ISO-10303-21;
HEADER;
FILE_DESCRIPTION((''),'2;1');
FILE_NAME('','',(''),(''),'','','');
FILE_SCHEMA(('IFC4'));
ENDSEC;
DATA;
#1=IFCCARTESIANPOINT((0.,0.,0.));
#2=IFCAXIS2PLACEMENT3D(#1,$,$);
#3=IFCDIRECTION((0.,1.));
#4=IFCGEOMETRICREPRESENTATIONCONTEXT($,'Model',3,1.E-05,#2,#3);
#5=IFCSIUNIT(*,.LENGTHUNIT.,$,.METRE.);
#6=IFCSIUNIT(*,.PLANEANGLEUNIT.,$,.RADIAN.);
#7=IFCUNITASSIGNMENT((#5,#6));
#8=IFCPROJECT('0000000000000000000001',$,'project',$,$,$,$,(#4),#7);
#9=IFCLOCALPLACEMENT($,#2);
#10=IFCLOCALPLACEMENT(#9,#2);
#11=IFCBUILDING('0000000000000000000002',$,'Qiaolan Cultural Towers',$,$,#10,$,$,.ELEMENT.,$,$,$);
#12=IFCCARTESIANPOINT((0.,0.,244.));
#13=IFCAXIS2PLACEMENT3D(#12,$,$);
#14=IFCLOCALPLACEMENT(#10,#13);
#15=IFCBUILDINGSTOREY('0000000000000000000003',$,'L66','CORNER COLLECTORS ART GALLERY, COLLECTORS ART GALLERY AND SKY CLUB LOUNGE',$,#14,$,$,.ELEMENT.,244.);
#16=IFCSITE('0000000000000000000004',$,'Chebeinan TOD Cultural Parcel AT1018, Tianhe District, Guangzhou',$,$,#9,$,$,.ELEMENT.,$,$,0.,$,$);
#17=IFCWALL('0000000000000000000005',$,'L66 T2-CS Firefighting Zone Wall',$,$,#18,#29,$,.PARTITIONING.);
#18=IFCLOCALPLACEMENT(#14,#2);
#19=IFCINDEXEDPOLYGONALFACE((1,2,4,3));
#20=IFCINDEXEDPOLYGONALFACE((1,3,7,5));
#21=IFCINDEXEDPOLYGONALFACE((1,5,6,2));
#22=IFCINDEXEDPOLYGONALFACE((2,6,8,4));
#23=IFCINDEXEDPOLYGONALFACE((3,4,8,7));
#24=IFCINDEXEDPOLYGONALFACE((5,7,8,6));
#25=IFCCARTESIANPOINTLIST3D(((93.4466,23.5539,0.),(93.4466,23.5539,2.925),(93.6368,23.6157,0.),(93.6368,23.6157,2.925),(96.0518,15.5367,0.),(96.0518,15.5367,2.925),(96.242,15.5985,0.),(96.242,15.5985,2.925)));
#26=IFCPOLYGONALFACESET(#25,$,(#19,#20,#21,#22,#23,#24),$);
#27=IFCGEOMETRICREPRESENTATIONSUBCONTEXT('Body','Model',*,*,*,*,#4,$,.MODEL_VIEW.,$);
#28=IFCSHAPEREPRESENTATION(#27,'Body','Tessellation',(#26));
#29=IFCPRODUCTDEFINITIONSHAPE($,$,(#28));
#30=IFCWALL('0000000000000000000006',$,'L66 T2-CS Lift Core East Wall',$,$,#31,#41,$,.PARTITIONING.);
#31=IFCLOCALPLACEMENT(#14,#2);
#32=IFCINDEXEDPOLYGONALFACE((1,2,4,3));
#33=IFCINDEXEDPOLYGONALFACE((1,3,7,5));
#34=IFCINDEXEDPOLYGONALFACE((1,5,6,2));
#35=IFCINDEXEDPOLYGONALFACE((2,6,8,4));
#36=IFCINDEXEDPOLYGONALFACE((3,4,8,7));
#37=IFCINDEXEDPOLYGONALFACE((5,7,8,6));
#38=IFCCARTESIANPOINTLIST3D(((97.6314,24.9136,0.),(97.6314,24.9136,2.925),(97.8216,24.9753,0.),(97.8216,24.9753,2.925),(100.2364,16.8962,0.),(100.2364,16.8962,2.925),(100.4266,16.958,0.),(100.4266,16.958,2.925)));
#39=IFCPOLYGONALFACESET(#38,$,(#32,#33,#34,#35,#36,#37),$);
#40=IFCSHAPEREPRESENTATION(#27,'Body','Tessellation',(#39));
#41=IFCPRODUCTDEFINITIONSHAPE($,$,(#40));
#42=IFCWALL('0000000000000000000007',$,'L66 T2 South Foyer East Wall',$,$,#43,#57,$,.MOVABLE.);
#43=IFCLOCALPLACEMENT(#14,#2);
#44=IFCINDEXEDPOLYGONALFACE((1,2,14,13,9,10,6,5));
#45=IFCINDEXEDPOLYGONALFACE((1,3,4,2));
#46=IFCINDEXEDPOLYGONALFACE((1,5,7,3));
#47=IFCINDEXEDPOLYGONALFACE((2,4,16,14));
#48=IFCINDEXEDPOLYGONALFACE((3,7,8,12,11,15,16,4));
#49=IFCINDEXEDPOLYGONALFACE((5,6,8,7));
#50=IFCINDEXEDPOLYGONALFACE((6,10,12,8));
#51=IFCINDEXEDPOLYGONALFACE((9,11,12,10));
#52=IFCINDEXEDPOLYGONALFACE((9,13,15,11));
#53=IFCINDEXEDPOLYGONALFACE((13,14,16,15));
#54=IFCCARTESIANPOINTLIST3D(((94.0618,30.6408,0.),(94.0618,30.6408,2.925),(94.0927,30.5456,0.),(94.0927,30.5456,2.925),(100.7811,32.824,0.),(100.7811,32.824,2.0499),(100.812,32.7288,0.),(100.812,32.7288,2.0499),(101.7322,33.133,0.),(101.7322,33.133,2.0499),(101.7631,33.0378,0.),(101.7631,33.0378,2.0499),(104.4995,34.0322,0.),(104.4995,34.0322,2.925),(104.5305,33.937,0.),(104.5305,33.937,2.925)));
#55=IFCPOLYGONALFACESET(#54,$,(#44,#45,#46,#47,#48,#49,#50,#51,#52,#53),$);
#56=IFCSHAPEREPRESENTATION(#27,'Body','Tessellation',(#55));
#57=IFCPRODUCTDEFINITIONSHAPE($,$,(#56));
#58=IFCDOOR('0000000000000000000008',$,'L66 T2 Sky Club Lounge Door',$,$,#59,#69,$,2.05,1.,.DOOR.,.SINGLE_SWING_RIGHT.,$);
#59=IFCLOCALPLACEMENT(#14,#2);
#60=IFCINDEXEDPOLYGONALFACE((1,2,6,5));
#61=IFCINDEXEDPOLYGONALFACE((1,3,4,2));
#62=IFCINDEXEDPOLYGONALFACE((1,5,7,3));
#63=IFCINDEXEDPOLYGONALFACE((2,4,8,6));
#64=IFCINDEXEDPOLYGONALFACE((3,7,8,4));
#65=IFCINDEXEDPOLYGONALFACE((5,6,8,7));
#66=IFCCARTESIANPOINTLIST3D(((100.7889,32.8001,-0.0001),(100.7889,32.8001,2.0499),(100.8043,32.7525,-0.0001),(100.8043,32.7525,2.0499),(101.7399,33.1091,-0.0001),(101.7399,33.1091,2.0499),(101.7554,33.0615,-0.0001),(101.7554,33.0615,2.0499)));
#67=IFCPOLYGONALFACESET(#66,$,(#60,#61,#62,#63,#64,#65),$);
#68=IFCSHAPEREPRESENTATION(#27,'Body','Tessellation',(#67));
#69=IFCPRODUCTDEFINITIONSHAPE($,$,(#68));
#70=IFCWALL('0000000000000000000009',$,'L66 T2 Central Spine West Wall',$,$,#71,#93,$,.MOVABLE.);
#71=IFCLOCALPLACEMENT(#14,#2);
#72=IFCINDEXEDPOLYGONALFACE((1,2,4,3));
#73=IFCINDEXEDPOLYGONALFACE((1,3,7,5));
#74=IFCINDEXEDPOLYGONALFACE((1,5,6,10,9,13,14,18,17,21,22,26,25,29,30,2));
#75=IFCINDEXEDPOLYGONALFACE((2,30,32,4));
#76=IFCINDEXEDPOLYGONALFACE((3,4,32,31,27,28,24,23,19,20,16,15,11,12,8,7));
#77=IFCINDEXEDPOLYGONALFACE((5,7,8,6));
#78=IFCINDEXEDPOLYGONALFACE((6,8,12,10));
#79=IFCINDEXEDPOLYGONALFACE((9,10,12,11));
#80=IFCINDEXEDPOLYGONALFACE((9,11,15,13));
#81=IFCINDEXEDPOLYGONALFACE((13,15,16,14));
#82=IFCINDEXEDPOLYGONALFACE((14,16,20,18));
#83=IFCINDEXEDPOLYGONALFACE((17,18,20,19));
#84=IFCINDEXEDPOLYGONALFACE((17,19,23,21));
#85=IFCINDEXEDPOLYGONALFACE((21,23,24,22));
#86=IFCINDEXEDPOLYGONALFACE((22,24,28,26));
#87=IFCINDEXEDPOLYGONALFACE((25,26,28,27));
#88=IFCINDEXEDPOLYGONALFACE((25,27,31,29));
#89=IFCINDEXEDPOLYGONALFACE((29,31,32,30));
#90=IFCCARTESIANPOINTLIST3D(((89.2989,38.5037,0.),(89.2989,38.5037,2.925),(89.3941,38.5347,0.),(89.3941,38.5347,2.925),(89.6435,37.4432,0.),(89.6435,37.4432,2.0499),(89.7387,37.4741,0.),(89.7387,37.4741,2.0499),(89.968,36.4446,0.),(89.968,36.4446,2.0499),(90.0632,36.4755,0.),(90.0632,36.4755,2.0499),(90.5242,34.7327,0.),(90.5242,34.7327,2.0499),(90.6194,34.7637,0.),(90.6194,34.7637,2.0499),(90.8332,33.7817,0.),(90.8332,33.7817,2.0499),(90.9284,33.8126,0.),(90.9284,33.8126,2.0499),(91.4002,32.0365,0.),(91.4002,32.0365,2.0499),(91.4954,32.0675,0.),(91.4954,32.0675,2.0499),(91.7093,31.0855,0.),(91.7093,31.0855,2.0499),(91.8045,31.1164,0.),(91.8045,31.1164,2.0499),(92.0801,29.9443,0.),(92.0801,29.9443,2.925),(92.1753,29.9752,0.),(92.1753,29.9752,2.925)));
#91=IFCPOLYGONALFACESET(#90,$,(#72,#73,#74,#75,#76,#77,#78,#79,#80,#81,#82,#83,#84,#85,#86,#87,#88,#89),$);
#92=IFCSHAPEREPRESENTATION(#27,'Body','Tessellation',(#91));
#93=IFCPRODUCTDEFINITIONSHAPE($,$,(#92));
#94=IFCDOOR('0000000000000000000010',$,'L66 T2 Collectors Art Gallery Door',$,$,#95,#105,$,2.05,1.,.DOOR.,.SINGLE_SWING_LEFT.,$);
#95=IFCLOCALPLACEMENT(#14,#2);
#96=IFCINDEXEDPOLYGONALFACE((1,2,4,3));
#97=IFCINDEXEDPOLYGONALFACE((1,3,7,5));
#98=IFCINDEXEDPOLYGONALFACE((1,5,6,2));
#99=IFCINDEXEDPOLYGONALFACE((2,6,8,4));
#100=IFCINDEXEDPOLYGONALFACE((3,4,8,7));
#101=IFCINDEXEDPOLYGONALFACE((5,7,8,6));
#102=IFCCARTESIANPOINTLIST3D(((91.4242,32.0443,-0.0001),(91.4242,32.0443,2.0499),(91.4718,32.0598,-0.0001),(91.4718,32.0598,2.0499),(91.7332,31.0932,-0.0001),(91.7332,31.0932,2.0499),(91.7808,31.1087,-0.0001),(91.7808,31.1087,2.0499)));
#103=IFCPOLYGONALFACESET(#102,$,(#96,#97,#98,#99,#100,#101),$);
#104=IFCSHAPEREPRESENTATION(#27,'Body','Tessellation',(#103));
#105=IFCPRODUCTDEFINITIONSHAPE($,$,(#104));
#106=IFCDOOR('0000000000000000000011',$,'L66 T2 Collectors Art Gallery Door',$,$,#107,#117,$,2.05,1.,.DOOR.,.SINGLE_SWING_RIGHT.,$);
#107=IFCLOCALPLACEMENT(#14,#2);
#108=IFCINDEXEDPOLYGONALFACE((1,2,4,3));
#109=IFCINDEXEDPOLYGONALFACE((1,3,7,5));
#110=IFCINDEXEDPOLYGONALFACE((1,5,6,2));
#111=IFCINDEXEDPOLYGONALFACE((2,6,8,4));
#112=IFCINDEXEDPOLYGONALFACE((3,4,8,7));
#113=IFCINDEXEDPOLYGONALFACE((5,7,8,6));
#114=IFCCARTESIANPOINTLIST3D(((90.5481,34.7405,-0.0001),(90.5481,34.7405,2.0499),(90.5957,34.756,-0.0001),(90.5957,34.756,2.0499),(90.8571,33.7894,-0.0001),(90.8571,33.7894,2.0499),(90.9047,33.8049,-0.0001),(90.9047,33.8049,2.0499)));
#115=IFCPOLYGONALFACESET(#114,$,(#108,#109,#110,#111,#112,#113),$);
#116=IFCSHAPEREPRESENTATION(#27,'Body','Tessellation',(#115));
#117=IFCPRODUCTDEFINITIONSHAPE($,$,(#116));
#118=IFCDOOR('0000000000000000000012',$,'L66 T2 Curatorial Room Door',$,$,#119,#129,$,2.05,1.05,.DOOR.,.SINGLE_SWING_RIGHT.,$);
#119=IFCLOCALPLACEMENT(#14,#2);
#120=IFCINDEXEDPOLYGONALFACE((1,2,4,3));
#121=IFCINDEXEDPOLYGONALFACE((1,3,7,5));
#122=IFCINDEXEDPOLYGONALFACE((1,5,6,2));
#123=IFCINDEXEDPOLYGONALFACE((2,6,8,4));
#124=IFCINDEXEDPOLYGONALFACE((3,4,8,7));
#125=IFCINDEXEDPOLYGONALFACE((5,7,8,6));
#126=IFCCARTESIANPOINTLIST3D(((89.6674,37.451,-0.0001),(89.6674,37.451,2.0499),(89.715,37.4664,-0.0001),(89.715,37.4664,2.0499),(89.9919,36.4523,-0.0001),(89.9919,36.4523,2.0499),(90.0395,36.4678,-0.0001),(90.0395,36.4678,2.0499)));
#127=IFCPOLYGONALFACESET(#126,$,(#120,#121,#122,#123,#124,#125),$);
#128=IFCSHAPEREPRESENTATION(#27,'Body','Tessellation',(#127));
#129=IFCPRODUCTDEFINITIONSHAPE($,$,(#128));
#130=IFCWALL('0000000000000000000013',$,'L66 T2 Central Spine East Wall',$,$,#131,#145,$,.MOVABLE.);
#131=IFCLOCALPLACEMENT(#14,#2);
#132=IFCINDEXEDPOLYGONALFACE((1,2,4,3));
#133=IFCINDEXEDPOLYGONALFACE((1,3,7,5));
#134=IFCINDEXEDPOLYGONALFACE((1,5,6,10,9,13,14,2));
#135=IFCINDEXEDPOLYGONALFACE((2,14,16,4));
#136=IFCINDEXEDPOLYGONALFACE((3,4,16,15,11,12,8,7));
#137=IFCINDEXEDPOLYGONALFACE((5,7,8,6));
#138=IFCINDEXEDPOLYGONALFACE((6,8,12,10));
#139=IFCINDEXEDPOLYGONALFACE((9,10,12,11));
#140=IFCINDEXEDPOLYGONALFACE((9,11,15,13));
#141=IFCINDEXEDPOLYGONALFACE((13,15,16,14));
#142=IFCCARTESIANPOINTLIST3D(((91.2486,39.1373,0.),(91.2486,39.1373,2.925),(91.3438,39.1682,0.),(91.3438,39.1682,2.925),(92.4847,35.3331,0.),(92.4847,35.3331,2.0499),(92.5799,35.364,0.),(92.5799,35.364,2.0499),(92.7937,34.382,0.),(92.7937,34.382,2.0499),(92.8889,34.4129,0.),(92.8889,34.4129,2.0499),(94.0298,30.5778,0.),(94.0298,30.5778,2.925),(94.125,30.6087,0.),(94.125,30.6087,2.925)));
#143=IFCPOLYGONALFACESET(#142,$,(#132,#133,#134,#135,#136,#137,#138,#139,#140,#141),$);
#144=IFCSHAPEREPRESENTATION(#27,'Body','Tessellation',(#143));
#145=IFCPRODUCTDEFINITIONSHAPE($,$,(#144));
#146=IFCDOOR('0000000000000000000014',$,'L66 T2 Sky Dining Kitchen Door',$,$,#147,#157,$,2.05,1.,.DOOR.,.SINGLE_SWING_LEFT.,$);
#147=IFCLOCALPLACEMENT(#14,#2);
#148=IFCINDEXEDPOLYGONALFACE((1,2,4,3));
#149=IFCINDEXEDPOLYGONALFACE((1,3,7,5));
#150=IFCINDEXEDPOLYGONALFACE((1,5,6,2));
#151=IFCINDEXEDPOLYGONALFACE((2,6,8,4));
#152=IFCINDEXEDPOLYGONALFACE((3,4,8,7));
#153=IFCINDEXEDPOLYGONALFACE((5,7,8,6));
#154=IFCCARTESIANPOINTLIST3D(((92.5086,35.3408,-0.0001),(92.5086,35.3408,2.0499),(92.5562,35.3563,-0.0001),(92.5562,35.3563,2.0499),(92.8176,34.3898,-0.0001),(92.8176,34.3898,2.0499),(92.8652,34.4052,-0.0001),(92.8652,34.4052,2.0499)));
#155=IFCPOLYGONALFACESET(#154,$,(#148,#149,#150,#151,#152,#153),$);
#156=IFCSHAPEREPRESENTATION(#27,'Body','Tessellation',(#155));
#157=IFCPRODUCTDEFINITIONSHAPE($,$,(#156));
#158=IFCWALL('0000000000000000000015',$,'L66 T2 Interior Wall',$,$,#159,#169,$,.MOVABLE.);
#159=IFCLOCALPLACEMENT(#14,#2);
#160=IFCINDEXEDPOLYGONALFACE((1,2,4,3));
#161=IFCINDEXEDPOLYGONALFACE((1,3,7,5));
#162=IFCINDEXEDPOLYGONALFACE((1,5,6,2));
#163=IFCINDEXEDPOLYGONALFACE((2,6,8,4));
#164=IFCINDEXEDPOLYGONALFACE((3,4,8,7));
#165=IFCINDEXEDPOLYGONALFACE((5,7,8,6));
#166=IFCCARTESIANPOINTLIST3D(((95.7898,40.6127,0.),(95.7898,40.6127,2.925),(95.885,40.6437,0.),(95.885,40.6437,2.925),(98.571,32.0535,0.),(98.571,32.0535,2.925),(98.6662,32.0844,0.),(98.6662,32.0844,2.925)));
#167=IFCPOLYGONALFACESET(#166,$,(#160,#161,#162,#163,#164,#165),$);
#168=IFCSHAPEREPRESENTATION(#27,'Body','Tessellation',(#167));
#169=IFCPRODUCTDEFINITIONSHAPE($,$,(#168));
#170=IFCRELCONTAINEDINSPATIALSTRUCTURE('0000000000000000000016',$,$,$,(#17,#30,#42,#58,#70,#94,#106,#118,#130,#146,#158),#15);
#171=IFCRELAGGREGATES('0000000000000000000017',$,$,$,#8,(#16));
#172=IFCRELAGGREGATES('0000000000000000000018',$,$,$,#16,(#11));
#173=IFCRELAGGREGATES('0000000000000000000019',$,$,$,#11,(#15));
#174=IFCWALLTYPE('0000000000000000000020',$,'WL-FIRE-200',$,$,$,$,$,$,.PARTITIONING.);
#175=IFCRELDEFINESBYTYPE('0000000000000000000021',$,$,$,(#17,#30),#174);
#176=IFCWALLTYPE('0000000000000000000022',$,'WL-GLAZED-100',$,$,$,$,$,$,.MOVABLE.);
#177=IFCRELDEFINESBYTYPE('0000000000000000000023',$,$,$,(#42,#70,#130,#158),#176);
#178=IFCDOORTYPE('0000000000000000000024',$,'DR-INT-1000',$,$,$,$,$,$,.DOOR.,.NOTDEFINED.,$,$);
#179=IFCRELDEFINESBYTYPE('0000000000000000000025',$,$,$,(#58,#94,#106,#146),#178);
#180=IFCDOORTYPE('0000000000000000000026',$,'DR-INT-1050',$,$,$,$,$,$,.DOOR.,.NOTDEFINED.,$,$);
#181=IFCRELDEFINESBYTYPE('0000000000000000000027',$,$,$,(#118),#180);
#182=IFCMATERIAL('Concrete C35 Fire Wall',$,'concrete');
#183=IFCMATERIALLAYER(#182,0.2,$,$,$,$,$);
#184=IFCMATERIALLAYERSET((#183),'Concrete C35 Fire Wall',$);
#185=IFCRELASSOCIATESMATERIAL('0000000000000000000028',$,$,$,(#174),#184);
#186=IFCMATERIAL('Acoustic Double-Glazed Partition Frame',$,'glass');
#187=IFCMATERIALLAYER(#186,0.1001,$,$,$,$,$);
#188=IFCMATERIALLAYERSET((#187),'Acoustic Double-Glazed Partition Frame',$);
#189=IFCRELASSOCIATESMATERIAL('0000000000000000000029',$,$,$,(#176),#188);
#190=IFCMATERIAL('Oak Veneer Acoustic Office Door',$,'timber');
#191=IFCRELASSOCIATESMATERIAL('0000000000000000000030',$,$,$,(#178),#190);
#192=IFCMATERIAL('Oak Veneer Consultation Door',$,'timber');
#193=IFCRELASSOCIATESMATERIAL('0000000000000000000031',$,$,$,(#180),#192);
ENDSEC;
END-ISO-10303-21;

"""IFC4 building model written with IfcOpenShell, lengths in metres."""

from ifc_helpers import new_model, si_unit, direction, frame, frame_2d, origin, place, context, subcontext, project, spatial, rectangle, extrude, material, layer, layer_set, type_object, element, fill, save


model = new_model("IFC4")

# Units and contexts
model_context = context("Model", 3, precision=1e-05, world=origin(), true_north=direction((0.0, 1.0)))
body_context = subcontext(model_context, "Body", "Model", "MODEL_VIEW")
ifc_project = project(units=[si_unit("LENGTHUNIT", "METRE"), si_unit("PLANEANGLEUNIT", "RADIAN")], contexts=[model_context])

# Site, building, storey
site_placement = place(None, origin())
site = spatial("IfcSite", under=ifc_project, at=site_placement, Name="Chebeinan TOD Cultural Parcel AT1018, Tianhe District, Guangzhou", CompositionType="ELEMENT", RefElevation=0.0)
building_placement = place(site_placement, origin())
building = spatial("IfcBuilding", under=site, at=building_placement, Name="Qiaolan Cultural Towers", CompositionType="ELEMENT")
storey_placement = place(building_placement, frame((0.0, 0.0, 244.0)))
storey = spatial("IfcBuildingStorey", under=building, at=storey_placement, Name="L66", Description="CORNER COLLECTORS ART GALLERY, COLLECTORS ART GALLERY AND SKY CLUB LOUNGE", CompositionType="ELEMENT", Elevation=244.0)

# Walls
ifc_material_1 = material(Name="Concrete C35 Fire Wall", Category="concrete")
ifc_layer_1 = layer(ifc_material_1, 0.2)
ifc_layer_set_1 = layer_set([ifc_layer_1], Name="Concrete C35 Fire Wall")
wall_type_1 = type_object("IfcWallType", Name="WL-FIRE-200", PredefinedType="PARTITIONING", material=ifc_layer_set_1)
for number, where, z_axis, x_axis, name in (
    (1, (93.5417, 23.5847, 0.0), (0.0, 0.0, 1.0), (0.309042, -0.951048, 0.0), "L66 T2-CS Firefighting Zone Wall"),
    (2, (97.7266, 24.9443, 0.0), (0.0, 0.0, 1.0), (0.309016, -0.951057, 0.0), "L66 T2-CS Lift Core East Wall"),
):
    element("IfcWall", number, at=place(storey_placement, frame(where, z_axis=z_axis, x_axis=x_axis)), inside=storey, type_object=wall_type_1, Name=name, PredefinedType="PARTITIONING", context=body_context, shape_type="SweptSolid", body=[
        extrude(rectangle(XDim=8.4299, YDim=0.2, at=frame_2d((4.2148, 0.0))), origin(), (0.0, 0.0, 1.0), 2.925),
    ])

# Wall, opening, door
ifc_material_2 = material(Name="Acoustic Double-Glazed Partition Frame", Category="glass")
ifc_layer_2 = layer(ifc_material_2, 0.1001)
ifc_layer_set_2 = layer_set([ifc_layer_2], Name="Acoustic Double-Glazed Partition Frame")
wall_type_2 = type_object("IfcWallType", Name="WL-GLAZED-100", PredefinedType="MOVABLE", material=ifc_layer_set_2)
wall_1_placement = place(storey_placement, frame((94.0774, 30.5933, 0.0), z_axis=(0.0, 0.0, 1.0), x_axis=(0.951058, 0.309011, 0.0)))
wall_1 = element("IfcWall", 3, at=wall_1_placement, inside=storey, type_object=wall_type_2, Name="L66 T2 South Foyer East Wall", PredefinedType="MOVABLE", context=body_context, shape_type="SweptSolid", body=[
    extrude(rectangle(XDim=10.9749, YDim=0.1001, at=frame_2d((5.4873, 0.0))), origin(), (0.0, 0.0, 1.0), 2.925),
])
opening_1_placement = place(wall_1_placement, frame((7.0649, 0.0, 0.0)))
opening_1 = element("IfcOpeningElement", 4, at=opening_1_placement, cuts=wall_1, PredefinedType="OPENING", context=body_context, shape_type="SweptSolid", body=[
    extrude(rectangle(XDim=1.0, YDim=2.05, at=frame_2d((0.5, 1.0249))), frame((0.0, 0.0601, 0.0), z_axis=(0.0, -1.0, 0.0), x_axis=(1.0, 0.0, 0.0)), (0.0, 0.0, 1.0), 0.1201),
])
ifc_material_3 = material(Name="Oak Veneer Acoustic Office Door", Category="timber")
door_type_1 = type_object("IfcDoorType", Name="DR-INT-1000", OperationType="NOTDEFINED", PredefinedType="DOOR", material=ifc_material_3)
door_1_placement = place(opening_1_placement, origin())
door_1 = element("IfcDoor", 5, at=door_1_placement, inside=storey, type_object=door_type_1, Name="L66 T2 Sky Club Lounge Door", OperationType="SINGLE_SWING_RIGHT", OverallHeight=2.05, OverallWidth=1.0, PredefinedType="DOOR", context=body_context, shape_type="SweptSolid", body=[
    extrude(rectangle(XDim=1.0, YDim=2.05, at=frame_2d((0.5, 1.0249))), frame((0.0, 0.0249, 0.0), z_axis=(0.0, -1.0, 0.0), x_axis=(1.0, 0.0, 0.0)), (0.0, 0.0, 1.0), 0.05),
])
fill(opening_1, door_1)

# Wall, openings, doors
wall_2_placement = place(storey_placement, frame((92.1277, 29.9597, 0.0), z_axis=(0.0, 0.0, 1.0), x_axis=(-0.309025, 0.951054, 0.0)))
wall_2 = element("IfcWall", 6, at=wall_2_placement, inside=storey, type_object=wall_type_2, Name="L66 T2 Central Spine West Wall", PredefinedType="MOVABLE", context=body_context, shape_type="SweptSolid", body=[
    extrude(rectangle(XDim=9.0, YDim=0.1001, at=frame_2d((4.5, 0.0))), origin(), (0.0, 0.0, 1.0), 2.925),
])
opening_2_placement = place(wall_2_placement, frame((1.2, 0.0, 0.0)))
opening_2 = element("IfcOpeningElement", 7, at=opening_2_placement, cuts=wall_2, PredefinedType="OPENING", context=body_context, shape_type="SweptSolid", body=[
    extrude(rectangle(XDim=1.0, YDim=2.05, at=frame_2d((0.5, 1.0249))), frame((0.0, 0.0601, 0.0), z_axis=(0.0, -1.0, 0.0), x_axis=(1.0, 0.0, 0.0)), (0.0, 0.0, 1.0), 0.1201),
])
opening_3_placement = place(wall_2_placement, frame((4.0349, 0.0, 0.0)))
opening_3 = element("IfcOpeningElement", 8, at=opening_3_placement, cuts=wall_2, PredefinedType="OPENING", context=body_context, shape_type="SweptSolid", body=[
    extrude(rectangle(XDim=1.0, YDim=2.05, at=frame_2d((0.5, 1.0249))), frame((0.0, 0.0601, 0.0), z_axis=(0.0, -1.0, 0.0), x_axis=(1.0, 0.0, 0.0)), (0.0, 0.0, 1.0), 0.1201),
])
opening_4_placement = place(wall_2_placement, frame((6.835, 0.0, 0.0)))
opening_4 = element("IfcOpeningElement", 9, at=opening_4_placement, cuts=wall_2, PredefinedType="OPENING", context=body_context, shape_type="SweptSolid", body=[
    extrude(rectangle(XDim=1.05, YDim=2.05, at=frame_2d((0.5249, 1.0249))), frame((0.0, 0.0601, 0.0), z_axis=(0.0, -1.0, 0.0), x_axis=(1.0, 0.0, 0.0)), (0.0, 0.0, 1.0), 0.1201),
])
door_2_placement = place(opening_2_placement, origin())
door_2 = element("IfcDoor", 10, at=door_2_placement, inside=storey, type_object=door_type_1, Name="L66 T2 Collectors Art Gallery Door", OperationType="SINGLE_SWING_LEFT", OverallHeight=2.05, OverallWidth=1.0, PredefinedType="DOOR", context=body_context, shape_type="SweptSolid", body=[
    extrude(rectangle(XDim=1.0, YDim=2.05, at=frame_2d((0.5, 1.0249))), frame((0.0, 0.0249, 0.0), z_axis=(0.0, -1.0, 0.0), x_axis=(1.0, 0.0, 0.0)), (0.0, 0.0, 1.0), 0.05),
])
fill(opening_2, door_2)
door_3_placement = place(opening_3_placement, origin())
door_3 = element("IfcDoor", 11, at=door_3_placement, inside=storey, type_object=door_type_1, Name="L66 T2 Collectors Art Gallery Door", OperationType="SINGLE_SWING_RIGHT", OverallHeight=2.05, OverallWidth=1.0, PredefinedType="DOOR", context=body_context, shape_type="SweptSolid", body=[
    extrude(rectangle(XDim=1.0, YDim=2.05, at=frame_2d((0.5, 1.0249))), frame((0.0, 0.0249, 0.0), z_axis=(0.0, -1.0, 0.0), x_axis=(1.0, 0.0, 0.0)), (0.0, 0.0, 1.0), 0.05),
])
fill(opening_3, door_3)
ifc_material_4 = material(Name="Oak Veneer Consultation Door", Category="timber")
door_type_2 = type_object("IfcDoorType", Name="DR-INT-1050", OperationType="NOTDEFINED", PredefinedType="DOOR", material=ifc_material_4)
door_4_placement = place(opening_4_placement, origin())
door_4 = element("IfcDoor", 12, at=door_4_placement, inside=storey, type_object=door_type_2, Name="L66 T2 Curatorial Room Door", OperationType="SINGLE_SWING_RIGHT", OverallHeight=2.05, OverallWidth=1.05, PredefinedType="DOOR", context=body_context, shape_type="SweptSolid", body=[
    extrude(rectangle(XDim=1.05, YDim=2.05, at=frame_2d((0.5249, 1.0249))), frame((0.0, 0.0249, 0.0), z_axis=(0.0, -1.0, 0.0), x_axis=(1.0, 0.0, 0.0)), (0.0, 0.0, 1.0), 0.05),
])
fill(opening_4, door_4)

# Wall, opening, door
wall_3_placement = place(storey_placement, frame((94.0774, 30.5933, 0.0), z_axis=(0.0, 0.0, 1.0), x_axis=(-0.309025, 0.951054, 0.0)))
wall_3 = element("IfcWall", 13, at=wall_3_placement, inside=storey, type_object=wall_type_2, Name="L66 T2 Central Spine East Wall", PredefinedType="MOVABLE", context=body_context, shape_type="SweptSolid", body=[
    extrude(rectangle(XDim=9.0, YDim=0.1001, at=frame_2d((4.5, 0.0))), origin(), (0.0, 0.0, 1.0), 2.925),
])
opening_5_placement = place(wall_3_placement, frame((4.0, 0.0, 0.0)))
opening_5 = element("IfcOpeningElement", 14, at=opening_5_placement, cuts=wall_3, PredefinedType="OPENING", context=body_context, shape_type="SweptSolid", body=[
    extrude(rectangle(XDim=1.0, YDim=2.05, at=frame_2d((0.5, 1.0249))), frame((0.0, 0.0601, 0.0), z_axis=(0.0, -1.0, 0.0), x_axis=(1.0, 0.0, 0.0)), (0.0, 0.0, 1.0), 0.1201),
])
door_5_placement = place(opening_5_placement, origin())
door_5 = element("IfcDoor", 15, at=door_5_placement, inside=storey, type_object=door_type_1, Name="L66 T2 Sky Dining Kitchen Door", OperationType="SINGLE_SWING_LEFT", OverallHeight=2.05, OverallWidth=1.0, PredefinedType="DOOR", context=body_context, shape_type="SweptSolid", body=[
    extrude(rectangle(XDim=1.0, YDim=2.05, at=frame_2d((0.5, 1.0249))), frame((0.0, 0.0249, 0.0), z_axis=(0.0, -1.0, 0.0), x_axis=(1.0, 0.0, 0.0)), (0.0, 0.0, 1.0), 0.05),
])
fill(opening_5, door_5)

# Wall
wall_4_placement = place(storey_placement, frame((98.6187, 32.0688, 0.0), z_axis=(0.0, 0.0, 1.0), x_axis=(-0.309033, 0.951051, 0.0)))
element("IfcWall", 16, at=wall_4_placement, inside=storey, type_object=wall_type_2, Name="L66 T2 Interior Wall", PredefinedType="MOVABLE", context=body_context, shape_type="SweptSolid", body=[
    extrude(rectangle(XDim=8.9998, YDim=0.1001, at=frame_2d((4.5, 0.0))), origin(), (0.0, 0.0, 1.0), 2.925),
])

save(model, "model.ifc")
